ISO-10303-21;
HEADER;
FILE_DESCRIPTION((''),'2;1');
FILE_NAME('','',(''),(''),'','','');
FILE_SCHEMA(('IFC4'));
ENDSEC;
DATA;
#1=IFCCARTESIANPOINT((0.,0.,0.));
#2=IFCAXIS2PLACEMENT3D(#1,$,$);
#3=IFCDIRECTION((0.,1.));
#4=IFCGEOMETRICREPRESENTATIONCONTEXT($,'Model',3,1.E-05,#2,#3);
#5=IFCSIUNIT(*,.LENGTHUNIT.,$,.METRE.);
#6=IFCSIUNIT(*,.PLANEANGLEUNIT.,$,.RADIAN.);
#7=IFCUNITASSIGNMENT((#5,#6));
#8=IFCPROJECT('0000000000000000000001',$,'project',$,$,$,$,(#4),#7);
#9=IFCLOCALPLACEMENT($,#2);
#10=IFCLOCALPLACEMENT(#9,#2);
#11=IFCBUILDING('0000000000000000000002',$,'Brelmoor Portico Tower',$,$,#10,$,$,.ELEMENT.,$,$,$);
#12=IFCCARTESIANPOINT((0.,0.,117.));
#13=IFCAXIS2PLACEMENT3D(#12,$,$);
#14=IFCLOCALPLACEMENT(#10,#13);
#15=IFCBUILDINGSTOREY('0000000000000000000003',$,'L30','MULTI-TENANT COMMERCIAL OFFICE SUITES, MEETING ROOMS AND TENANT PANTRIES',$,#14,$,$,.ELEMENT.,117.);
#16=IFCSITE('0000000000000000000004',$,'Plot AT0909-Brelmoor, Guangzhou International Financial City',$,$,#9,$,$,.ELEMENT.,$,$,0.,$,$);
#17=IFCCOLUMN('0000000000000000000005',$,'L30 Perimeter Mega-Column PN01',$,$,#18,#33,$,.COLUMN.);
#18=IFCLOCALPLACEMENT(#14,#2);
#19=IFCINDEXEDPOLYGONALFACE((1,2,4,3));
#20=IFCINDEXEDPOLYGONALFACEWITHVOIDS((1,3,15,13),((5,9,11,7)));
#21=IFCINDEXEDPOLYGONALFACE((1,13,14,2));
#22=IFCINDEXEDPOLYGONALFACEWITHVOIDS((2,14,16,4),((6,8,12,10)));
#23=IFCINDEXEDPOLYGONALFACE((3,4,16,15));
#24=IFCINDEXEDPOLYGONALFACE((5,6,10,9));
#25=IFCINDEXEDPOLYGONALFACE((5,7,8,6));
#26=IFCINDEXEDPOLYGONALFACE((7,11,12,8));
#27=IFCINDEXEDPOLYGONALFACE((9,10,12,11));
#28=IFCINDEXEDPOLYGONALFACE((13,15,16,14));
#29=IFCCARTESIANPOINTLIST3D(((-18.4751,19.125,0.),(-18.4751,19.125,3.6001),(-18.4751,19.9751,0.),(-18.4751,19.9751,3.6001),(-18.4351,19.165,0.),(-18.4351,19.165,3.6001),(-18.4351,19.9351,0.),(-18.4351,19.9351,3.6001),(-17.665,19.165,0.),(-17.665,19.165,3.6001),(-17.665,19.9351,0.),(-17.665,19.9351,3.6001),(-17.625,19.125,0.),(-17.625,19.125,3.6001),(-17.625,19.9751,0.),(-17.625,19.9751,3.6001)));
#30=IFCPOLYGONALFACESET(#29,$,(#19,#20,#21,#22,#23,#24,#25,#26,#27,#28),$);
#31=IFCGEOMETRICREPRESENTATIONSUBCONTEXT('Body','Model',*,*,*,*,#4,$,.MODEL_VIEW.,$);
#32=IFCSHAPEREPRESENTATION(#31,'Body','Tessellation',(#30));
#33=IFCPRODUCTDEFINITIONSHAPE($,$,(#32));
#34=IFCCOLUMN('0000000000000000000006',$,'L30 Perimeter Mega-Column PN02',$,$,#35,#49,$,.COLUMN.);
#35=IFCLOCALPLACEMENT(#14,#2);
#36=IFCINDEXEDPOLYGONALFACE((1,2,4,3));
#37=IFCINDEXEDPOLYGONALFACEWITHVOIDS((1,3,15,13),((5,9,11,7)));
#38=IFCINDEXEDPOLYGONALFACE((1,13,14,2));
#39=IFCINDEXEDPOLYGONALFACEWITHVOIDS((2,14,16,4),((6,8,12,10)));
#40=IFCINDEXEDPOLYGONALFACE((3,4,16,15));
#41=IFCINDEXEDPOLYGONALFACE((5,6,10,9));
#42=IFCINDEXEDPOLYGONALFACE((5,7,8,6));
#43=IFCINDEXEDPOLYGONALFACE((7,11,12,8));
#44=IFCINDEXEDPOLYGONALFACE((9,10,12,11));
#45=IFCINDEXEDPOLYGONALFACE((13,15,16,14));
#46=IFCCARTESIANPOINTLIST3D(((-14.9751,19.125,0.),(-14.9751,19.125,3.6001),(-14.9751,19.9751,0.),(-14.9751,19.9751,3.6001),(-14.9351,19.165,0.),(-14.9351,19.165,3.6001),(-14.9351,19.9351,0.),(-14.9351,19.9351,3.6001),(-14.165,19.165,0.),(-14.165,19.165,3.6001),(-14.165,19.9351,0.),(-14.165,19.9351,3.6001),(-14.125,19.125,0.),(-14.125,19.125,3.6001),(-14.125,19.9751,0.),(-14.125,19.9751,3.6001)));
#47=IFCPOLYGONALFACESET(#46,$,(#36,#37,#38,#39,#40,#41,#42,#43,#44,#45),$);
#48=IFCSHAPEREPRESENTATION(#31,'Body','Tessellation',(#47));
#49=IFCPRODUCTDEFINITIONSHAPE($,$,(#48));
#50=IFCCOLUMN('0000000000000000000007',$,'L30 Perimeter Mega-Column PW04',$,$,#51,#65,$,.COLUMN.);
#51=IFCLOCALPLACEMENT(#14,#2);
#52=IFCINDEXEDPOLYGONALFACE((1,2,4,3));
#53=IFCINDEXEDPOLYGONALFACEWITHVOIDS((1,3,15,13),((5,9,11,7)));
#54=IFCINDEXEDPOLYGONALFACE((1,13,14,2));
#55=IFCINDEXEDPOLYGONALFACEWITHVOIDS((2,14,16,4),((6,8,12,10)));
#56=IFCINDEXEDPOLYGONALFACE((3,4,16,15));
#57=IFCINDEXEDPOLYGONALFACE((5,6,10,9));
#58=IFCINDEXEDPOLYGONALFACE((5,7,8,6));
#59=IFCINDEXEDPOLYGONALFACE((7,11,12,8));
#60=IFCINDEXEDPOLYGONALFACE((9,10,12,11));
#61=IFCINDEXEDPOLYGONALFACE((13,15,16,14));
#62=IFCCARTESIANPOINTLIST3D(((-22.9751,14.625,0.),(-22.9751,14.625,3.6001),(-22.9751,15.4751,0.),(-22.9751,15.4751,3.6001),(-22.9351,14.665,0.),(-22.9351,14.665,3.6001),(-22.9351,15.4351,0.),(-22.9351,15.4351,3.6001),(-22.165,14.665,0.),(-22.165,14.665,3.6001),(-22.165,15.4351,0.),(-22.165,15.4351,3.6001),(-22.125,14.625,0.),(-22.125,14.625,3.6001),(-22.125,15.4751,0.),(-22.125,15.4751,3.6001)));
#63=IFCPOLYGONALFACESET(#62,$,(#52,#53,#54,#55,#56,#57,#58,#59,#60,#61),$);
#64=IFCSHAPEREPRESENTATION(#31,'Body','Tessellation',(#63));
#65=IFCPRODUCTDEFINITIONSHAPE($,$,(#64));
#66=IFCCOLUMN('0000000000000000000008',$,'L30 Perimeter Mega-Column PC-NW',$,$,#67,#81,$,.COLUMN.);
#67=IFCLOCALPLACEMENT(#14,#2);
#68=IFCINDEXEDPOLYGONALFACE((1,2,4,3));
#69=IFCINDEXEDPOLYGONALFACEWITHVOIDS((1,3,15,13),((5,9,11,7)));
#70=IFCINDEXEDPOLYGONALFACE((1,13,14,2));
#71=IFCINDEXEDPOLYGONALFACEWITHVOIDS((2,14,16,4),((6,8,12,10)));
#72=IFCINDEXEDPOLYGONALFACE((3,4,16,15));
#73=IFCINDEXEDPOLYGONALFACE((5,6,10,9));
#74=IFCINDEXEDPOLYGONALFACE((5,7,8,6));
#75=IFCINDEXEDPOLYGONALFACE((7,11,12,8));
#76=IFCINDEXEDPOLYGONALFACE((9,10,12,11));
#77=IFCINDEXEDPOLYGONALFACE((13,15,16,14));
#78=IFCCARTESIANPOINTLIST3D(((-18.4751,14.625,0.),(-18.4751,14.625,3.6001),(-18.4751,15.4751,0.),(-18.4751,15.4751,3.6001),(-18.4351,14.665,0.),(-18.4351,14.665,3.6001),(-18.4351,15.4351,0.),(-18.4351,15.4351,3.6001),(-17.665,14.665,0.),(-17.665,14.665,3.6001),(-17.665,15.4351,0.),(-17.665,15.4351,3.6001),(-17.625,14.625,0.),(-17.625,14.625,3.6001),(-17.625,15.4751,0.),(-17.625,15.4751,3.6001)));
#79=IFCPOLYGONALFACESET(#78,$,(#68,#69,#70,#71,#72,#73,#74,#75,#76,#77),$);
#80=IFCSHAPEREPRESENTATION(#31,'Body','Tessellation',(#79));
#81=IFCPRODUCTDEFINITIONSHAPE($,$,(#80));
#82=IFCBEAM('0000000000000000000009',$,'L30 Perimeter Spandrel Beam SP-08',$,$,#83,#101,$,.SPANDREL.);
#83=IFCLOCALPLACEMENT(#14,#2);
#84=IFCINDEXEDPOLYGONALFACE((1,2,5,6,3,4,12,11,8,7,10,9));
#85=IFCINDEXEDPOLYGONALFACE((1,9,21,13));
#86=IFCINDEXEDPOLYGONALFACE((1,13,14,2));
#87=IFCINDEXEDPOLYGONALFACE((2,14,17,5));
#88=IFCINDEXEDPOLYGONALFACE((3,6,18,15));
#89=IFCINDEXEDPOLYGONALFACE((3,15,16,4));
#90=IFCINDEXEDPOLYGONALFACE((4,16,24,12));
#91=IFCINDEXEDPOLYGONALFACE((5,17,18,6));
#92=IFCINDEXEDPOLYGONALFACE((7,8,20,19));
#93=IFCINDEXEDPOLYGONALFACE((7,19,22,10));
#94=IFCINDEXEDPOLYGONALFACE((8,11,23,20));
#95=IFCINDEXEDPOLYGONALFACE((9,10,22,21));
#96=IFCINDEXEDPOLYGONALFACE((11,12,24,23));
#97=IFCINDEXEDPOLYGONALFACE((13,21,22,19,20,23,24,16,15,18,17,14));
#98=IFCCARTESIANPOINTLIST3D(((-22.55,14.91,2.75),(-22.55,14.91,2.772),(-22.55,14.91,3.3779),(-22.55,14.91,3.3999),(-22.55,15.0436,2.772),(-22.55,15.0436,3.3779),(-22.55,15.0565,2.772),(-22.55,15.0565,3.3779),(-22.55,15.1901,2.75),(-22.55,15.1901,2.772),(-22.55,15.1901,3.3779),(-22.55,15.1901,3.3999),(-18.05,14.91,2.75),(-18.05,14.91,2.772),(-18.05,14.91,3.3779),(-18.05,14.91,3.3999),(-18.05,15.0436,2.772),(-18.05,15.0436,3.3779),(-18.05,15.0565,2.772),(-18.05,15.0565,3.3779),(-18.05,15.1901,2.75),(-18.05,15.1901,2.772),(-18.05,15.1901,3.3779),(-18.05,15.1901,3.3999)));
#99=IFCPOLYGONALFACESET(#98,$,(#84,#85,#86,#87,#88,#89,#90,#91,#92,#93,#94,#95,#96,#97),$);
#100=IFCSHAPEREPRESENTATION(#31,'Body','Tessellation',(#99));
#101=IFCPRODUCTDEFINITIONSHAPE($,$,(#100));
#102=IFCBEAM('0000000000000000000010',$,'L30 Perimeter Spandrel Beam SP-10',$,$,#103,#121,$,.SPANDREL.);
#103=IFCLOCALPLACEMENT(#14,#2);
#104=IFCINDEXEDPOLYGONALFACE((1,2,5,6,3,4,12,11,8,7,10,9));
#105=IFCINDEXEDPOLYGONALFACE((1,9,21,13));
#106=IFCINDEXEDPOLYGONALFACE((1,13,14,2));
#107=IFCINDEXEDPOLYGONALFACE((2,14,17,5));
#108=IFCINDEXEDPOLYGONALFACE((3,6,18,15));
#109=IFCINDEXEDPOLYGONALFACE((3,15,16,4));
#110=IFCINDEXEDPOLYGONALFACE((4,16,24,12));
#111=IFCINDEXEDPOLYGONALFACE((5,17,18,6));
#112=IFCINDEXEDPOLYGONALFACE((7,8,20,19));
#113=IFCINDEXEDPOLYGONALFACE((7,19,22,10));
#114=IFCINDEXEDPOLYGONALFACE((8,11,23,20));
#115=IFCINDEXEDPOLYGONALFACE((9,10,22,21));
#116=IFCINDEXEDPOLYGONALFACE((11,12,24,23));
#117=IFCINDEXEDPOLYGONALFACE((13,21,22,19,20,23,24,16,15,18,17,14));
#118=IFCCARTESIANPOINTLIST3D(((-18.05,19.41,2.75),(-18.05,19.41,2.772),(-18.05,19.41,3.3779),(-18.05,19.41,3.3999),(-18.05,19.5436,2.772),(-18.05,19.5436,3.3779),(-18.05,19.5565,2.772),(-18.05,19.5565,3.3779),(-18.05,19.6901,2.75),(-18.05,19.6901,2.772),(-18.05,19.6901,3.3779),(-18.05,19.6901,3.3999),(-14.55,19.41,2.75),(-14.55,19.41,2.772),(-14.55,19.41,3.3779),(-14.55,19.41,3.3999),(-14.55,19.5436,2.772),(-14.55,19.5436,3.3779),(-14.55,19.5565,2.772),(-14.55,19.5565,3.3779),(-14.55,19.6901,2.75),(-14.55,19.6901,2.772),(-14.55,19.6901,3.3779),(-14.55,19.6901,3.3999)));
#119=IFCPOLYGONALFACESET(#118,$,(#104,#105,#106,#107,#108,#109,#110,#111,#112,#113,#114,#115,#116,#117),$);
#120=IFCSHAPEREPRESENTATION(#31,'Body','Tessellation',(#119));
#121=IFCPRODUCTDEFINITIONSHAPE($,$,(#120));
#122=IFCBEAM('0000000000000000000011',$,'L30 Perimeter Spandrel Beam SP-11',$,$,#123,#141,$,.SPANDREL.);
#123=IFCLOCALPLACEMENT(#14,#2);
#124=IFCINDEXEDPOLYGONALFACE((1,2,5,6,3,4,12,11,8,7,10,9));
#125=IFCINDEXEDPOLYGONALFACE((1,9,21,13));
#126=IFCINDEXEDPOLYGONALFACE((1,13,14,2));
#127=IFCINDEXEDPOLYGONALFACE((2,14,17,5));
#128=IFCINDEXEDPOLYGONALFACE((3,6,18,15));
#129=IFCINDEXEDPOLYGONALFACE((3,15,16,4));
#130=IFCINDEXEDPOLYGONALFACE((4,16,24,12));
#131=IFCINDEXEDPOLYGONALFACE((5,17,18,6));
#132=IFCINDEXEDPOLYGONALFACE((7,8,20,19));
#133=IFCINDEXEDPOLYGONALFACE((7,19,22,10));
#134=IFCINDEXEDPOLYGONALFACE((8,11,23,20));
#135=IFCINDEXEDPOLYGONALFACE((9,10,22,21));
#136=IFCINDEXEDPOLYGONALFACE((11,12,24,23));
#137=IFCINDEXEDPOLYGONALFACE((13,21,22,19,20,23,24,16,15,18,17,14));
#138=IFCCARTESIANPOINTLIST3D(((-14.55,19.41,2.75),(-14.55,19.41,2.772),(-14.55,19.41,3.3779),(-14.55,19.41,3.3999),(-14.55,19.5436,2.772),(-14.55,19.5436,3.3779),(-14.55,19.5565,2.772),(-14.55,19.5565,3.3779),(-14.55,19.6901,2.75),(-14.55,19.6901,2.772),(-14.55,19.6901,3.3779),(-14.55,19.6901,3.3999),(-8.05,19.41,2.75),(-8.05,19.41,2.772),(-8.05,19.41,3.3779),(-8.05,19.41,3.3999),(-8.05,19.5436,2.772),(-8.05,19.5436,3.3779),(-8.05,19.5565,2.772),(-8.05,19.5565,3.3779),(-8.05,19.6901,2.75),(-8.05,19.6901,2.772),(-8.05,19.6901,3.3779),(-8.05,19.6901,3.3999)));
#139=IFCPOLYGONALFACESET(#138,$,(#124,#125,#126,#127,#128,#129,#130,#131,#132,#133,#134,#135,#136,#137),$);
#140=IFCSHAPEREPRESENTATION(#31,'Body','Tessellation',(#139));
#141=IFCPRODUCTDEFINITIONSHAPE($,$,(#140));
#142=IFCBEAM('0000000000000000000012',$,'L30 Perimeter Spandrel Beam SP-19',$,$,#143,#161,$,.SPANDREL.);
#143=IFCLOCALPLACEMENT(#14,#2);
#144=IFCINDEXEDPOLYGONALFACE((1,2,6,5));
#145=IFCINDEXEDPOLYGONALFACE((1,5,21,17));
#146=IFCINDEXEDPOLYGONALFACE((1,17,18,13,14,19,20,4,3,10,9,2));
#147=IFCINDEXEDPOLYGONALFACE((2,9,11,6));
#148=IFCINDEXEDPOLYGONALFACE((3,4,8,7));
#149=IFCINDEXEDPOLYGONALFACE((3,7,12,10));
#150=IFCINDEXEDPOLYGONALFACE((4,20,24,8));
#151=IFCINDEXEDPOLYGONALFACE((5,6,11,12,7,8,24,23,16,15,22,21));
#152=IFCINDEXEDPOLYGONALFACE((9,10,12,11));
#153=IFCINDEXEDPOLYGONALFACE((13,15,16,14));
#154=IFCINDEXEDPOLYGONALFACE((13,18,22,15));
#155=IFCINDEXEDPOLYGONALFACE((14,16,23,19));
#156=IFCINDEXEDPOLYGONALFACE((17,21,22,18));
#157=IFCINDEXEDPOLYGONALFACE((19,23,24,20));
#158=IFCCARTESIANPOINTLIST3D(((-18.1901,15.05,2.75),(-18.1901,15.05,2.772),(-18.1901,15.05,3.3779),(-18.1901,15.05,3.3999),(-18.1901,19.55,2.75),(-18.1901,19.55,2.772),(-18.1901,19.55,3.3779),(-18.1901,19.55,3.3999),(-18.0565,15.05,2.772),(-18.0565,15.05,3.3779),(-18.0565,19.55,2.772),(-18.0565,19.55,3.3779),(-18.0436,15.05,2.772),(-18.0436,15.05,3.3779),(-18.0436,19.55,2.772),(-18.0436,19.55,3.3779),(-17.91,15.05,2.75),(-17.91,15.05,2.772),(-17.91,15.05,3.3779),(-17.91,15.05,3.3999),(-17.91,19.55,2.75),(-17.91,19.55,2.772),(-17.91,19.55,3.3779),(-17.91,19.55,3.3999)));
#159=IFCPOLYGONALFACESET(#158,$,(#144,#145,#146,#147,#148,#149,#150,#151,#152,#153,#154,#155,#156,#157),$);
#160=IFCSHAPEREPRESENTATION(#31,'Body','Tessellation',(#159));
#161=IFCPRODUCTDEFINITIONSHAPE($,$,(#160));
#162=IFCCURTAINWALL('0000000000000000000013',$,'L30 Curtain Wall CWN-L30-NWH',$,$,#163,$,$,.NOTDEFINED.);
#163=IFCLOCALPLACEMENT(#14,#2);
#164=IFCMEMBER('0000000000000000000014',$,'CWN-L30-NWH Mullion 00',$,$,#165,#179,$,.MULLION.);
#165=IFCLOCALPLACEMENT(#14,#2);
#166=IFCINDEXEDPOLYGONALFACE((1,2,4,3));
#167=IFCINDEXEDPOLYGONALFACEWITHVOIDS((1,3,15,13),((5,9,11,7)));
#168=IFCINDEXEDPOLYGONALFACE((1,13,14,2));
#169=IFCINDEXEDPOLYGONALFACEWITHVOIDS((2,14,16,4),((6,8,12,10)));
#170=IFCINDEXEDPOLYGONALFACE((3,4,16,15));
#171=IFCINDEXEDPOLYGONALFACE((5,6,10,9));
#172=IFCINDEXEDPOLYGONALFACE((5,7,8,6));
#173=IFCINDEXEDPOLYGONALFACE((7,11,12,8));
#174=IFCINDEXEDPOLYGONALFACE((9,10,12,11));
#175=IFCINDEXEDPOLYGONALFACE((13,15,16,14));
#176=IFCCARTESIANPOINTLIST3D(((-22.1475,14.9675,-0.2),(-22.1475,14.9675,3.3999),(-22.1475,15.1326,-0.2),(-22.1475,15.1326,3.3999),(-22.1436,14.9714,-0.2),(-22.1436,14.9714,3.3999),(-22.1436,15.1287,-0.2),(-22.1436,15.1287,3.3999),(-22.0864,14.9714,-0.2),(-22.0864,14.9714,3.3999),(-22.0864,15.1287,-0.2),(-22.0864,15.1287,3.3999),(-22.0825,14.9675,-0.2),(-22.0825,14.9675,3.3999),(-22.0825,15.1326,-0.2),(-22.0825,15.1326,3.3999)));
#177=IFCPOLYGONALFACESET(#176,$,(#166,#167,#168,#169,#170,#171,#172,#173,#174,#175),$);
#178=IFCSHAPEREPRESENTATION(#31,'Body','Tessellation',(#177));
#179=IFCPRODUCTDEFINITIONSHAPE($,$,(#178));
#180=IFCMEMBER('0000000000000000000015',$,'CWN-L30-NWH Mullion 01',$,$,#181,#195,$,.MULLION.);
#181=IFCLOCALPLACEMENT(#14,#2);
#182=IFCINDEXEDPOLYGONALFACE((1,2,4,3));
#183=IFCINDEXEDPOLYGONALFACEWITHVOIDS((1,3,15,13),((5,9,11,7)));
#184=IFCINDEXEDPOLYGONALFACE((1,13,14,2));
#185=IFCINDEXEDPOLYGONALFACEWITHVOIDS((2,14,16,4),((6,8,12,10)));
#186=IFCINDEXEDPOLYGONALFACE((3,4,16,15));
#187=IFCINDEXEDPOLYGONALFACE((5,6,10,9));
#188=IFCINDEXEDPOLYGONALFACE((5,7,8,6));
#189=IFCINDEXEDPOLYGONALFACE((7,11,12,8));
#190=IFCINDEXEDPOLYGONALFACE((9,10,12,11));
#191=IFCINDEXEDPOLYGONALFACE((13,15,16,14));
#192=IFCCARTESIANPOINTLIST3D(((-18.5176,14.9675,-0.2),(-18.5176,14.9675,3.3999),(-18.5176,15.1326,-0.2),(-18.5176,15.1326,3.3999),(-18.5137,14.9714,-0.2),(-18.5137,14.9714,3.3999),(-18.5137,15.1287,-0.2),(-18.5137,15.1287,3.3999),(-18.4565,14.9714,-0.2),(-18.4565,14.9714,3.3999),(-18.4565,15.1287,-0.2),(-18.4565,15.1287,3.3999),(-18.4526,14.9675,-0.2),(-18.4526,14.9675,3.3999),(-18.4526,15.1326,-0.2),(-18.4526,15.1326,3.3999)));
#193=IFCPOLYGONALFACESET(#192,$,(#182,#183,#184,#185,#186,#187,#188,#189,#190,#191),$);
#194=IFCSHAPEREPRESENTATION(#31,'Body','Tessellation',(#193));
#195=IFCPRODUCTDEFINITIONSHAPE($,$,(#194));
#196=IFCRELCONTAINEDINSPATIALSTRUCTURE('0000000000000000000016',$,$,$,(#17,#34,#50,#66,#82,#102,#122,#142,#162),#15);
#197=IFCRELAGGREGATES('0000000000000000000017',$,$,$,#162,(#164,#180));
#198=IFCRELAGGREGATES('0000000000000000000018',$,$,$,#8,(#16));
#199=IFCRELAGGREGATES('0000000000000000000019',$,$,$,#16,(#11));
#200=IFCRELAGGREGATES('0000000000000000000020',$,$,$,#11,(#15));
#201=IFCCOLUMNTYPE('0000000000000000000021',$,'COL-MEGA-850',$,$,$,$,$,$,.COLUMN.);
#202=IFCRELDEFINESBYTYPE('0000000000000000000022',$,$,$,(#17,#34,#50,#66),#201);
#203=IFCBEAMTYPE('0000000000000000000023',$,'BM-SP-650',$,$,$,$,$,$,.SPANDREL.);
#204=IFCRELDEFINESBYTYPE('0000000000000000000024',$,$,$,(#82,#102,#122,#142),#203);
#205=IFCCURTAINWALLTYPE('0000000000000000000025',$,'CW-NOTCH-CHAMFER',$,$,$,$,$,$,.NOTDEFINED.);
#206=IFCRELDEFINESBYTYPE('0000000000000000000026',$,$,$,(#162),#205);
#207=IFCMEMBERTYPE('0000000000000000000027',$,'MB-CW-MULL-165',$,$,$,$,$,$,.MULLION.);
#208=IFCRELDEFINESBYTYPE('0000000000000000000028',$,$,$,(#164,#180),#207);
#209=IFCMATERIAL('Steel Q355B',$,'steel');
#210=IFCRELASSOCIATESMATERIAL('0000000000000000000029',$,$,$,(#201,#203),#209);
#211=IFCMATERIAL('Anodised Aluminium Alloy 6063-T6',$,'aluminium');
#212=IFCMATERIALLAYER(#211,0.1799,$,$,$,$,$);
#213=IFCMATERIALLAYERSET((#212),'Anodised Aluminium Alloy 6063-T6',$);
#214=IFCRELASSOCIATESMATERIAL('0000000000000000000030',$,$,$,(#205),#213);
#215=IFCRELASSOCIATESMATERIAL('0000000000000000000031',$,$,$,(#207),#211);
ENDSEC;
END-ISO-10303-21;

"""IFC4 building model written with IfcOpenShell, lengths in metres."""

from ifc_helpers import new_model, si_unit, direction, frame, origin, origin_2d, place, context, subcontext, project, spatial, hollow_rectangle, i_section, extrude, material, layer, layer_set, material_profile, profile_set, type_object, element, aggregate, save


model = new_model("IFC4")

# Units and contexts
model_context = context("Model", 3, precision=1e-05, world=origin(), true_north=direction((0.0, 1.0)))
body_context = subcontext(model_context, "Body", "Model", "MODEL_VIEW")
ifc_project = project(units=[si_unit("LENGTHUNIT", "METRE"), si_unit("PLANEANGLEUNIT", "RADIAN")], contexts=[model_context])

# Site, building, storey
site_placement = place(None, origin())
site = spatial("IfcSite", under=ifc_project, at=site_placement, Name="Plot AT0909-Brelmoor, Guangzhou International Financial City", CompositionType="ELEMENT", RefElevation=0.0)
building_placement = place(site_placement, origin())
building = spatial("IfcBuilding", under=site, at=building_placement, Name="Brelmoor Portico Tower", CompositionType="ELEMENT")
storey_placement = place(building_placement, frame((0.0, 0.0, 117.0)))
storey = spatial("IfcBuildingStorey", under=building, at=storey_placement, Name="L30", Description="MULTI-TENANT COMMERCIAL OFFICE SUITES, MEETING ROOMS AND TENANT PANTRIES", CompositionType="ELEMENT", Elevation=117.0)

# Columns
ifc_material_1 = material(Name="Steel Q355B", Category="steel")
ifc_material_profile_1 = material_profile(ifc_material_1, hollow_rectangle(XDim=0.8501, YDim=0.8501, WallThickness=0.04, at=origin_2d()), Name="BOX 850x850x40")
ifc_profile_set_1 = profile_set([ifc_material_profile_1], Name="Steel Q355B")
column_type = type_object("IfcColumnType", Name="COL-MEGA-850", PredefinedType="COLUMN", material=ifc_profile_set_1)
for number, where, z_axis, x_axis, name in (
    (1, (-18.05, 19.55, 0.0), (0.0, 0.0, 1.0), (1.0, 0.0, 0.0), "L30 Perimeter Mega-Column PN01"),
    (2, (-14.55, 19.55, 0.0), (0.0, 0.0, 1.0), (1.0, 0.0, 0.0), "L30 Perimeter Mega-Column PN02"),
    (3, (-22.55, 15.05, 0.0), (0.0, 0.0, 1.0), (0.0, 1.0, 0.0), "L30 Perimeter Mega-Column PW04"),
    (4, (-18.05, 15.05, 0.0), (0.0, 0.0, 1.0), (1.0, 0.0, 0.0), "L30 Perimeter Mega-Column PC-NW"),
):
    element("IfcColumn", number, at=place(storey_placement, frame(where, z_axis=z_axis, x_axis=x_axis)), inside=storey, type_object=column_type, Name=name, PredefinedType="COLUMN", context=body_context, shape_type="SweptSolid", body=[
        extrude(hollow_rectangle(XDim=0.8501, YDim=0.8501, WallThickness=0.04, at=origin_2d()), origin(), (0.0, 0.0, 1.0), 3.6001),
    ])

# Beams
ifc_material_profile_2 = material_profile(ifc_material_1, i_section(OverallWidth=0.28, OverallDepth=0.6499, WebThickness=0.0129, FlangeThickness=0.022, at=origin_2d()), Name="HN 650x280x13x22")
ifc_profile_set_2 = profile_set([ifc_material_profile_2], Name="Steel Q355B")
beam_type = type_object("IfcBeamType", Name="BM-SP-650", PredefinedType="SPANDREL", material=ifc_profile_set_2)
beam_1_placement = place(storey_placement, frame((-22.55, 15.05, 3.075), z_axis=(1.0, 0.0, 0.0), x_axis=(0.0, 1.0, 0.0)))
element("IfcBeam", 5, at=beam_1_placement, inside=storey, type_object=beam_type, Name="L30 Perimeter Spandrel Beam SP-08", PredefinedType="SPANDREL", context=body_context, shape_type="SweptSolid", body=[
    extrude(i_section(OverallWidth=0.28, OverallDepth=0.6499, WebThickness=0.0129, FlangeThickness=0.022, at=origin_2d()), origin(), (0.0, 0.0, 1.0), 4.5),
])
beam_2_placement = place(storey_placement, frame((-18.05, 19.55, 3.075), z_axis=(1.0, 0.0, 0.0), x_axis=(0.0, 1.0, 0.0)))
element("IfcBeam", 6, at=beam_2_placement, inside=storey, type_object=beam_type, Name="L30 Perimeter Spandrel Beam SP-10", PredefinedType="SPANDREL", context=body_context, shape_type="SweptSolid", body=[
    extrude(i_section(OverallWidth=0.28, OverallDepth=0.6499, WebThickness=0.0129, FlangeThickness=0.022, at=origin_2d()), origin(), (0.0, 0.0, 1.0), 3.5),
])
beam_3_placement = place(storey_placement, frame((-14.55, 19.55, 3.075), z_axis=(1.0, 0.0, 0.0), x_axis=(0.0, 1.0, 0.0)))
element("IfcBeam", 7, at=beam_3_placement, inside=storey, type_object=beam_type, Name="L30 Perimeter Spandrel Beam SP-11", PredefinedType="SPANDREL", context=body_context, shape_type="SweptSolid", body=[
    extrude(i_section(OverallWidth=0.28, OverallDepth=0.6499, WebThickness=0.0129, FlangeThickness=0.022, at=origin_2d()), origin(), (0.0, 0.0, 1.0), 6.5),
])
beam_4_placement = place(storey_placement, frame((-18.05, 15.05, 3.075), z_axis=(0.0, 1.0, 0.0), x_axis=(-1.0, 0.0, 0.0)))
element("IfcBeam", 8, at=beam_4_placement, inside=storey, type_object=beam_type, Name="L30 Perimeter Spandrel Beam SP-19", PredefinedType="SPANDREL", context=body_context, shape_type="SweptSolid", body=[
    extrude(i_section(OverallWidth=0.28, OverallDepth=0.6499, WebThickness=0.0129, FlangeThickness=0.022, at=origin_2d()), origin(), (0.0, 0.0, 1.0), 4.5),
])

# Curtain wall, members
ifc_material_2 = material(Name="Anodised Aluminium Alloy 6063-T6", Category="aluminium")
ifc_layer_1 = layer(ifc_material_2, 0.1799)
ifc_layer_set_1 = layer_set([ifc_layer_1], Name="Anodised Aluminium Alloy 6063-T6")
curtain_wall_type_1 = type_object("IfcCurtainWallType", Name="CW-NOTCH-CHAMFER", PredefinedType="NOTDEFINED", material=ifc_layer_set_1)
curtain_wall_1_placement = place(storey_placement, origin())
curtain_wall_1 = element("IfcCurtainWall", 9, at=curtain_wall_1_placement, inside=storey, type_object=curtain_wall_type_1, Name="L30 Curtain Wall CWN-L30-NWH", PredefinedType="NOTDEFINED")
ifc_material_profile_3 = material_profile(ifc_material_2, hollow_rectangle(XDim=0.0649, YDim=0.165, WallThickness=0.0039, at=origin_2d()), Name="ALU MULLION 65x165")
ifc_profile_set_3 = profile_set([ifc_material_profile_3], Name="Anodised Aluminium Alloy 6063-T6")
member_type_1 = type_object("IfcMemberType", Name="MB-CW-MULL-165", PredefinedType="MULLION", material=ifc_profile_set_3)
member_1_placement = place(storey_placement, frame((-22.115, 15.05, -0.2), z_axis=(0.0, 0.0, 1.0), x_axis=(1.0, 0.0, 0.0)))
member_1 = element("IfcMember", 10, at=member_1_placement, type_object=member_type_1, Name="CWN-L30-NWH Mullion 00", PredefinedType="MULLION", context=body_context, shape_type="SweptSolid", body=[
    extrude(hollow_rectangle(XDim=0.0649, YDim=0.165, WallThickness=0.0039, at=origin_2d()), origin(), (0.0, 0.0, 1.0), 3.5999),
])
member_2_placement = place(storey_placement, frame((-18.4851, 15.05, -0.2), z_axis=(0.0, 0.0, 1.0), x_axis=(1.0, 0.0, 0.0)))
member_2 = element("IfcMember", 11, at=member_2_placement, type_object=member_type_1, Name="CWN-L30-NWH Mullion 01", PredefinedType="MULLION", context=body_context, shape_type="SweptSolid", body=[
    extrude(hollow_rectangle(XDim=0.0649, YDim=0.165, WallThickness=0.0039, at=origin_2d()), origin(), (0.0, 0.0, 1.0), 3.5999),
])

aggregate(curtain_wall_1, [member_1, member_2])

save(model, "model.ifc")
